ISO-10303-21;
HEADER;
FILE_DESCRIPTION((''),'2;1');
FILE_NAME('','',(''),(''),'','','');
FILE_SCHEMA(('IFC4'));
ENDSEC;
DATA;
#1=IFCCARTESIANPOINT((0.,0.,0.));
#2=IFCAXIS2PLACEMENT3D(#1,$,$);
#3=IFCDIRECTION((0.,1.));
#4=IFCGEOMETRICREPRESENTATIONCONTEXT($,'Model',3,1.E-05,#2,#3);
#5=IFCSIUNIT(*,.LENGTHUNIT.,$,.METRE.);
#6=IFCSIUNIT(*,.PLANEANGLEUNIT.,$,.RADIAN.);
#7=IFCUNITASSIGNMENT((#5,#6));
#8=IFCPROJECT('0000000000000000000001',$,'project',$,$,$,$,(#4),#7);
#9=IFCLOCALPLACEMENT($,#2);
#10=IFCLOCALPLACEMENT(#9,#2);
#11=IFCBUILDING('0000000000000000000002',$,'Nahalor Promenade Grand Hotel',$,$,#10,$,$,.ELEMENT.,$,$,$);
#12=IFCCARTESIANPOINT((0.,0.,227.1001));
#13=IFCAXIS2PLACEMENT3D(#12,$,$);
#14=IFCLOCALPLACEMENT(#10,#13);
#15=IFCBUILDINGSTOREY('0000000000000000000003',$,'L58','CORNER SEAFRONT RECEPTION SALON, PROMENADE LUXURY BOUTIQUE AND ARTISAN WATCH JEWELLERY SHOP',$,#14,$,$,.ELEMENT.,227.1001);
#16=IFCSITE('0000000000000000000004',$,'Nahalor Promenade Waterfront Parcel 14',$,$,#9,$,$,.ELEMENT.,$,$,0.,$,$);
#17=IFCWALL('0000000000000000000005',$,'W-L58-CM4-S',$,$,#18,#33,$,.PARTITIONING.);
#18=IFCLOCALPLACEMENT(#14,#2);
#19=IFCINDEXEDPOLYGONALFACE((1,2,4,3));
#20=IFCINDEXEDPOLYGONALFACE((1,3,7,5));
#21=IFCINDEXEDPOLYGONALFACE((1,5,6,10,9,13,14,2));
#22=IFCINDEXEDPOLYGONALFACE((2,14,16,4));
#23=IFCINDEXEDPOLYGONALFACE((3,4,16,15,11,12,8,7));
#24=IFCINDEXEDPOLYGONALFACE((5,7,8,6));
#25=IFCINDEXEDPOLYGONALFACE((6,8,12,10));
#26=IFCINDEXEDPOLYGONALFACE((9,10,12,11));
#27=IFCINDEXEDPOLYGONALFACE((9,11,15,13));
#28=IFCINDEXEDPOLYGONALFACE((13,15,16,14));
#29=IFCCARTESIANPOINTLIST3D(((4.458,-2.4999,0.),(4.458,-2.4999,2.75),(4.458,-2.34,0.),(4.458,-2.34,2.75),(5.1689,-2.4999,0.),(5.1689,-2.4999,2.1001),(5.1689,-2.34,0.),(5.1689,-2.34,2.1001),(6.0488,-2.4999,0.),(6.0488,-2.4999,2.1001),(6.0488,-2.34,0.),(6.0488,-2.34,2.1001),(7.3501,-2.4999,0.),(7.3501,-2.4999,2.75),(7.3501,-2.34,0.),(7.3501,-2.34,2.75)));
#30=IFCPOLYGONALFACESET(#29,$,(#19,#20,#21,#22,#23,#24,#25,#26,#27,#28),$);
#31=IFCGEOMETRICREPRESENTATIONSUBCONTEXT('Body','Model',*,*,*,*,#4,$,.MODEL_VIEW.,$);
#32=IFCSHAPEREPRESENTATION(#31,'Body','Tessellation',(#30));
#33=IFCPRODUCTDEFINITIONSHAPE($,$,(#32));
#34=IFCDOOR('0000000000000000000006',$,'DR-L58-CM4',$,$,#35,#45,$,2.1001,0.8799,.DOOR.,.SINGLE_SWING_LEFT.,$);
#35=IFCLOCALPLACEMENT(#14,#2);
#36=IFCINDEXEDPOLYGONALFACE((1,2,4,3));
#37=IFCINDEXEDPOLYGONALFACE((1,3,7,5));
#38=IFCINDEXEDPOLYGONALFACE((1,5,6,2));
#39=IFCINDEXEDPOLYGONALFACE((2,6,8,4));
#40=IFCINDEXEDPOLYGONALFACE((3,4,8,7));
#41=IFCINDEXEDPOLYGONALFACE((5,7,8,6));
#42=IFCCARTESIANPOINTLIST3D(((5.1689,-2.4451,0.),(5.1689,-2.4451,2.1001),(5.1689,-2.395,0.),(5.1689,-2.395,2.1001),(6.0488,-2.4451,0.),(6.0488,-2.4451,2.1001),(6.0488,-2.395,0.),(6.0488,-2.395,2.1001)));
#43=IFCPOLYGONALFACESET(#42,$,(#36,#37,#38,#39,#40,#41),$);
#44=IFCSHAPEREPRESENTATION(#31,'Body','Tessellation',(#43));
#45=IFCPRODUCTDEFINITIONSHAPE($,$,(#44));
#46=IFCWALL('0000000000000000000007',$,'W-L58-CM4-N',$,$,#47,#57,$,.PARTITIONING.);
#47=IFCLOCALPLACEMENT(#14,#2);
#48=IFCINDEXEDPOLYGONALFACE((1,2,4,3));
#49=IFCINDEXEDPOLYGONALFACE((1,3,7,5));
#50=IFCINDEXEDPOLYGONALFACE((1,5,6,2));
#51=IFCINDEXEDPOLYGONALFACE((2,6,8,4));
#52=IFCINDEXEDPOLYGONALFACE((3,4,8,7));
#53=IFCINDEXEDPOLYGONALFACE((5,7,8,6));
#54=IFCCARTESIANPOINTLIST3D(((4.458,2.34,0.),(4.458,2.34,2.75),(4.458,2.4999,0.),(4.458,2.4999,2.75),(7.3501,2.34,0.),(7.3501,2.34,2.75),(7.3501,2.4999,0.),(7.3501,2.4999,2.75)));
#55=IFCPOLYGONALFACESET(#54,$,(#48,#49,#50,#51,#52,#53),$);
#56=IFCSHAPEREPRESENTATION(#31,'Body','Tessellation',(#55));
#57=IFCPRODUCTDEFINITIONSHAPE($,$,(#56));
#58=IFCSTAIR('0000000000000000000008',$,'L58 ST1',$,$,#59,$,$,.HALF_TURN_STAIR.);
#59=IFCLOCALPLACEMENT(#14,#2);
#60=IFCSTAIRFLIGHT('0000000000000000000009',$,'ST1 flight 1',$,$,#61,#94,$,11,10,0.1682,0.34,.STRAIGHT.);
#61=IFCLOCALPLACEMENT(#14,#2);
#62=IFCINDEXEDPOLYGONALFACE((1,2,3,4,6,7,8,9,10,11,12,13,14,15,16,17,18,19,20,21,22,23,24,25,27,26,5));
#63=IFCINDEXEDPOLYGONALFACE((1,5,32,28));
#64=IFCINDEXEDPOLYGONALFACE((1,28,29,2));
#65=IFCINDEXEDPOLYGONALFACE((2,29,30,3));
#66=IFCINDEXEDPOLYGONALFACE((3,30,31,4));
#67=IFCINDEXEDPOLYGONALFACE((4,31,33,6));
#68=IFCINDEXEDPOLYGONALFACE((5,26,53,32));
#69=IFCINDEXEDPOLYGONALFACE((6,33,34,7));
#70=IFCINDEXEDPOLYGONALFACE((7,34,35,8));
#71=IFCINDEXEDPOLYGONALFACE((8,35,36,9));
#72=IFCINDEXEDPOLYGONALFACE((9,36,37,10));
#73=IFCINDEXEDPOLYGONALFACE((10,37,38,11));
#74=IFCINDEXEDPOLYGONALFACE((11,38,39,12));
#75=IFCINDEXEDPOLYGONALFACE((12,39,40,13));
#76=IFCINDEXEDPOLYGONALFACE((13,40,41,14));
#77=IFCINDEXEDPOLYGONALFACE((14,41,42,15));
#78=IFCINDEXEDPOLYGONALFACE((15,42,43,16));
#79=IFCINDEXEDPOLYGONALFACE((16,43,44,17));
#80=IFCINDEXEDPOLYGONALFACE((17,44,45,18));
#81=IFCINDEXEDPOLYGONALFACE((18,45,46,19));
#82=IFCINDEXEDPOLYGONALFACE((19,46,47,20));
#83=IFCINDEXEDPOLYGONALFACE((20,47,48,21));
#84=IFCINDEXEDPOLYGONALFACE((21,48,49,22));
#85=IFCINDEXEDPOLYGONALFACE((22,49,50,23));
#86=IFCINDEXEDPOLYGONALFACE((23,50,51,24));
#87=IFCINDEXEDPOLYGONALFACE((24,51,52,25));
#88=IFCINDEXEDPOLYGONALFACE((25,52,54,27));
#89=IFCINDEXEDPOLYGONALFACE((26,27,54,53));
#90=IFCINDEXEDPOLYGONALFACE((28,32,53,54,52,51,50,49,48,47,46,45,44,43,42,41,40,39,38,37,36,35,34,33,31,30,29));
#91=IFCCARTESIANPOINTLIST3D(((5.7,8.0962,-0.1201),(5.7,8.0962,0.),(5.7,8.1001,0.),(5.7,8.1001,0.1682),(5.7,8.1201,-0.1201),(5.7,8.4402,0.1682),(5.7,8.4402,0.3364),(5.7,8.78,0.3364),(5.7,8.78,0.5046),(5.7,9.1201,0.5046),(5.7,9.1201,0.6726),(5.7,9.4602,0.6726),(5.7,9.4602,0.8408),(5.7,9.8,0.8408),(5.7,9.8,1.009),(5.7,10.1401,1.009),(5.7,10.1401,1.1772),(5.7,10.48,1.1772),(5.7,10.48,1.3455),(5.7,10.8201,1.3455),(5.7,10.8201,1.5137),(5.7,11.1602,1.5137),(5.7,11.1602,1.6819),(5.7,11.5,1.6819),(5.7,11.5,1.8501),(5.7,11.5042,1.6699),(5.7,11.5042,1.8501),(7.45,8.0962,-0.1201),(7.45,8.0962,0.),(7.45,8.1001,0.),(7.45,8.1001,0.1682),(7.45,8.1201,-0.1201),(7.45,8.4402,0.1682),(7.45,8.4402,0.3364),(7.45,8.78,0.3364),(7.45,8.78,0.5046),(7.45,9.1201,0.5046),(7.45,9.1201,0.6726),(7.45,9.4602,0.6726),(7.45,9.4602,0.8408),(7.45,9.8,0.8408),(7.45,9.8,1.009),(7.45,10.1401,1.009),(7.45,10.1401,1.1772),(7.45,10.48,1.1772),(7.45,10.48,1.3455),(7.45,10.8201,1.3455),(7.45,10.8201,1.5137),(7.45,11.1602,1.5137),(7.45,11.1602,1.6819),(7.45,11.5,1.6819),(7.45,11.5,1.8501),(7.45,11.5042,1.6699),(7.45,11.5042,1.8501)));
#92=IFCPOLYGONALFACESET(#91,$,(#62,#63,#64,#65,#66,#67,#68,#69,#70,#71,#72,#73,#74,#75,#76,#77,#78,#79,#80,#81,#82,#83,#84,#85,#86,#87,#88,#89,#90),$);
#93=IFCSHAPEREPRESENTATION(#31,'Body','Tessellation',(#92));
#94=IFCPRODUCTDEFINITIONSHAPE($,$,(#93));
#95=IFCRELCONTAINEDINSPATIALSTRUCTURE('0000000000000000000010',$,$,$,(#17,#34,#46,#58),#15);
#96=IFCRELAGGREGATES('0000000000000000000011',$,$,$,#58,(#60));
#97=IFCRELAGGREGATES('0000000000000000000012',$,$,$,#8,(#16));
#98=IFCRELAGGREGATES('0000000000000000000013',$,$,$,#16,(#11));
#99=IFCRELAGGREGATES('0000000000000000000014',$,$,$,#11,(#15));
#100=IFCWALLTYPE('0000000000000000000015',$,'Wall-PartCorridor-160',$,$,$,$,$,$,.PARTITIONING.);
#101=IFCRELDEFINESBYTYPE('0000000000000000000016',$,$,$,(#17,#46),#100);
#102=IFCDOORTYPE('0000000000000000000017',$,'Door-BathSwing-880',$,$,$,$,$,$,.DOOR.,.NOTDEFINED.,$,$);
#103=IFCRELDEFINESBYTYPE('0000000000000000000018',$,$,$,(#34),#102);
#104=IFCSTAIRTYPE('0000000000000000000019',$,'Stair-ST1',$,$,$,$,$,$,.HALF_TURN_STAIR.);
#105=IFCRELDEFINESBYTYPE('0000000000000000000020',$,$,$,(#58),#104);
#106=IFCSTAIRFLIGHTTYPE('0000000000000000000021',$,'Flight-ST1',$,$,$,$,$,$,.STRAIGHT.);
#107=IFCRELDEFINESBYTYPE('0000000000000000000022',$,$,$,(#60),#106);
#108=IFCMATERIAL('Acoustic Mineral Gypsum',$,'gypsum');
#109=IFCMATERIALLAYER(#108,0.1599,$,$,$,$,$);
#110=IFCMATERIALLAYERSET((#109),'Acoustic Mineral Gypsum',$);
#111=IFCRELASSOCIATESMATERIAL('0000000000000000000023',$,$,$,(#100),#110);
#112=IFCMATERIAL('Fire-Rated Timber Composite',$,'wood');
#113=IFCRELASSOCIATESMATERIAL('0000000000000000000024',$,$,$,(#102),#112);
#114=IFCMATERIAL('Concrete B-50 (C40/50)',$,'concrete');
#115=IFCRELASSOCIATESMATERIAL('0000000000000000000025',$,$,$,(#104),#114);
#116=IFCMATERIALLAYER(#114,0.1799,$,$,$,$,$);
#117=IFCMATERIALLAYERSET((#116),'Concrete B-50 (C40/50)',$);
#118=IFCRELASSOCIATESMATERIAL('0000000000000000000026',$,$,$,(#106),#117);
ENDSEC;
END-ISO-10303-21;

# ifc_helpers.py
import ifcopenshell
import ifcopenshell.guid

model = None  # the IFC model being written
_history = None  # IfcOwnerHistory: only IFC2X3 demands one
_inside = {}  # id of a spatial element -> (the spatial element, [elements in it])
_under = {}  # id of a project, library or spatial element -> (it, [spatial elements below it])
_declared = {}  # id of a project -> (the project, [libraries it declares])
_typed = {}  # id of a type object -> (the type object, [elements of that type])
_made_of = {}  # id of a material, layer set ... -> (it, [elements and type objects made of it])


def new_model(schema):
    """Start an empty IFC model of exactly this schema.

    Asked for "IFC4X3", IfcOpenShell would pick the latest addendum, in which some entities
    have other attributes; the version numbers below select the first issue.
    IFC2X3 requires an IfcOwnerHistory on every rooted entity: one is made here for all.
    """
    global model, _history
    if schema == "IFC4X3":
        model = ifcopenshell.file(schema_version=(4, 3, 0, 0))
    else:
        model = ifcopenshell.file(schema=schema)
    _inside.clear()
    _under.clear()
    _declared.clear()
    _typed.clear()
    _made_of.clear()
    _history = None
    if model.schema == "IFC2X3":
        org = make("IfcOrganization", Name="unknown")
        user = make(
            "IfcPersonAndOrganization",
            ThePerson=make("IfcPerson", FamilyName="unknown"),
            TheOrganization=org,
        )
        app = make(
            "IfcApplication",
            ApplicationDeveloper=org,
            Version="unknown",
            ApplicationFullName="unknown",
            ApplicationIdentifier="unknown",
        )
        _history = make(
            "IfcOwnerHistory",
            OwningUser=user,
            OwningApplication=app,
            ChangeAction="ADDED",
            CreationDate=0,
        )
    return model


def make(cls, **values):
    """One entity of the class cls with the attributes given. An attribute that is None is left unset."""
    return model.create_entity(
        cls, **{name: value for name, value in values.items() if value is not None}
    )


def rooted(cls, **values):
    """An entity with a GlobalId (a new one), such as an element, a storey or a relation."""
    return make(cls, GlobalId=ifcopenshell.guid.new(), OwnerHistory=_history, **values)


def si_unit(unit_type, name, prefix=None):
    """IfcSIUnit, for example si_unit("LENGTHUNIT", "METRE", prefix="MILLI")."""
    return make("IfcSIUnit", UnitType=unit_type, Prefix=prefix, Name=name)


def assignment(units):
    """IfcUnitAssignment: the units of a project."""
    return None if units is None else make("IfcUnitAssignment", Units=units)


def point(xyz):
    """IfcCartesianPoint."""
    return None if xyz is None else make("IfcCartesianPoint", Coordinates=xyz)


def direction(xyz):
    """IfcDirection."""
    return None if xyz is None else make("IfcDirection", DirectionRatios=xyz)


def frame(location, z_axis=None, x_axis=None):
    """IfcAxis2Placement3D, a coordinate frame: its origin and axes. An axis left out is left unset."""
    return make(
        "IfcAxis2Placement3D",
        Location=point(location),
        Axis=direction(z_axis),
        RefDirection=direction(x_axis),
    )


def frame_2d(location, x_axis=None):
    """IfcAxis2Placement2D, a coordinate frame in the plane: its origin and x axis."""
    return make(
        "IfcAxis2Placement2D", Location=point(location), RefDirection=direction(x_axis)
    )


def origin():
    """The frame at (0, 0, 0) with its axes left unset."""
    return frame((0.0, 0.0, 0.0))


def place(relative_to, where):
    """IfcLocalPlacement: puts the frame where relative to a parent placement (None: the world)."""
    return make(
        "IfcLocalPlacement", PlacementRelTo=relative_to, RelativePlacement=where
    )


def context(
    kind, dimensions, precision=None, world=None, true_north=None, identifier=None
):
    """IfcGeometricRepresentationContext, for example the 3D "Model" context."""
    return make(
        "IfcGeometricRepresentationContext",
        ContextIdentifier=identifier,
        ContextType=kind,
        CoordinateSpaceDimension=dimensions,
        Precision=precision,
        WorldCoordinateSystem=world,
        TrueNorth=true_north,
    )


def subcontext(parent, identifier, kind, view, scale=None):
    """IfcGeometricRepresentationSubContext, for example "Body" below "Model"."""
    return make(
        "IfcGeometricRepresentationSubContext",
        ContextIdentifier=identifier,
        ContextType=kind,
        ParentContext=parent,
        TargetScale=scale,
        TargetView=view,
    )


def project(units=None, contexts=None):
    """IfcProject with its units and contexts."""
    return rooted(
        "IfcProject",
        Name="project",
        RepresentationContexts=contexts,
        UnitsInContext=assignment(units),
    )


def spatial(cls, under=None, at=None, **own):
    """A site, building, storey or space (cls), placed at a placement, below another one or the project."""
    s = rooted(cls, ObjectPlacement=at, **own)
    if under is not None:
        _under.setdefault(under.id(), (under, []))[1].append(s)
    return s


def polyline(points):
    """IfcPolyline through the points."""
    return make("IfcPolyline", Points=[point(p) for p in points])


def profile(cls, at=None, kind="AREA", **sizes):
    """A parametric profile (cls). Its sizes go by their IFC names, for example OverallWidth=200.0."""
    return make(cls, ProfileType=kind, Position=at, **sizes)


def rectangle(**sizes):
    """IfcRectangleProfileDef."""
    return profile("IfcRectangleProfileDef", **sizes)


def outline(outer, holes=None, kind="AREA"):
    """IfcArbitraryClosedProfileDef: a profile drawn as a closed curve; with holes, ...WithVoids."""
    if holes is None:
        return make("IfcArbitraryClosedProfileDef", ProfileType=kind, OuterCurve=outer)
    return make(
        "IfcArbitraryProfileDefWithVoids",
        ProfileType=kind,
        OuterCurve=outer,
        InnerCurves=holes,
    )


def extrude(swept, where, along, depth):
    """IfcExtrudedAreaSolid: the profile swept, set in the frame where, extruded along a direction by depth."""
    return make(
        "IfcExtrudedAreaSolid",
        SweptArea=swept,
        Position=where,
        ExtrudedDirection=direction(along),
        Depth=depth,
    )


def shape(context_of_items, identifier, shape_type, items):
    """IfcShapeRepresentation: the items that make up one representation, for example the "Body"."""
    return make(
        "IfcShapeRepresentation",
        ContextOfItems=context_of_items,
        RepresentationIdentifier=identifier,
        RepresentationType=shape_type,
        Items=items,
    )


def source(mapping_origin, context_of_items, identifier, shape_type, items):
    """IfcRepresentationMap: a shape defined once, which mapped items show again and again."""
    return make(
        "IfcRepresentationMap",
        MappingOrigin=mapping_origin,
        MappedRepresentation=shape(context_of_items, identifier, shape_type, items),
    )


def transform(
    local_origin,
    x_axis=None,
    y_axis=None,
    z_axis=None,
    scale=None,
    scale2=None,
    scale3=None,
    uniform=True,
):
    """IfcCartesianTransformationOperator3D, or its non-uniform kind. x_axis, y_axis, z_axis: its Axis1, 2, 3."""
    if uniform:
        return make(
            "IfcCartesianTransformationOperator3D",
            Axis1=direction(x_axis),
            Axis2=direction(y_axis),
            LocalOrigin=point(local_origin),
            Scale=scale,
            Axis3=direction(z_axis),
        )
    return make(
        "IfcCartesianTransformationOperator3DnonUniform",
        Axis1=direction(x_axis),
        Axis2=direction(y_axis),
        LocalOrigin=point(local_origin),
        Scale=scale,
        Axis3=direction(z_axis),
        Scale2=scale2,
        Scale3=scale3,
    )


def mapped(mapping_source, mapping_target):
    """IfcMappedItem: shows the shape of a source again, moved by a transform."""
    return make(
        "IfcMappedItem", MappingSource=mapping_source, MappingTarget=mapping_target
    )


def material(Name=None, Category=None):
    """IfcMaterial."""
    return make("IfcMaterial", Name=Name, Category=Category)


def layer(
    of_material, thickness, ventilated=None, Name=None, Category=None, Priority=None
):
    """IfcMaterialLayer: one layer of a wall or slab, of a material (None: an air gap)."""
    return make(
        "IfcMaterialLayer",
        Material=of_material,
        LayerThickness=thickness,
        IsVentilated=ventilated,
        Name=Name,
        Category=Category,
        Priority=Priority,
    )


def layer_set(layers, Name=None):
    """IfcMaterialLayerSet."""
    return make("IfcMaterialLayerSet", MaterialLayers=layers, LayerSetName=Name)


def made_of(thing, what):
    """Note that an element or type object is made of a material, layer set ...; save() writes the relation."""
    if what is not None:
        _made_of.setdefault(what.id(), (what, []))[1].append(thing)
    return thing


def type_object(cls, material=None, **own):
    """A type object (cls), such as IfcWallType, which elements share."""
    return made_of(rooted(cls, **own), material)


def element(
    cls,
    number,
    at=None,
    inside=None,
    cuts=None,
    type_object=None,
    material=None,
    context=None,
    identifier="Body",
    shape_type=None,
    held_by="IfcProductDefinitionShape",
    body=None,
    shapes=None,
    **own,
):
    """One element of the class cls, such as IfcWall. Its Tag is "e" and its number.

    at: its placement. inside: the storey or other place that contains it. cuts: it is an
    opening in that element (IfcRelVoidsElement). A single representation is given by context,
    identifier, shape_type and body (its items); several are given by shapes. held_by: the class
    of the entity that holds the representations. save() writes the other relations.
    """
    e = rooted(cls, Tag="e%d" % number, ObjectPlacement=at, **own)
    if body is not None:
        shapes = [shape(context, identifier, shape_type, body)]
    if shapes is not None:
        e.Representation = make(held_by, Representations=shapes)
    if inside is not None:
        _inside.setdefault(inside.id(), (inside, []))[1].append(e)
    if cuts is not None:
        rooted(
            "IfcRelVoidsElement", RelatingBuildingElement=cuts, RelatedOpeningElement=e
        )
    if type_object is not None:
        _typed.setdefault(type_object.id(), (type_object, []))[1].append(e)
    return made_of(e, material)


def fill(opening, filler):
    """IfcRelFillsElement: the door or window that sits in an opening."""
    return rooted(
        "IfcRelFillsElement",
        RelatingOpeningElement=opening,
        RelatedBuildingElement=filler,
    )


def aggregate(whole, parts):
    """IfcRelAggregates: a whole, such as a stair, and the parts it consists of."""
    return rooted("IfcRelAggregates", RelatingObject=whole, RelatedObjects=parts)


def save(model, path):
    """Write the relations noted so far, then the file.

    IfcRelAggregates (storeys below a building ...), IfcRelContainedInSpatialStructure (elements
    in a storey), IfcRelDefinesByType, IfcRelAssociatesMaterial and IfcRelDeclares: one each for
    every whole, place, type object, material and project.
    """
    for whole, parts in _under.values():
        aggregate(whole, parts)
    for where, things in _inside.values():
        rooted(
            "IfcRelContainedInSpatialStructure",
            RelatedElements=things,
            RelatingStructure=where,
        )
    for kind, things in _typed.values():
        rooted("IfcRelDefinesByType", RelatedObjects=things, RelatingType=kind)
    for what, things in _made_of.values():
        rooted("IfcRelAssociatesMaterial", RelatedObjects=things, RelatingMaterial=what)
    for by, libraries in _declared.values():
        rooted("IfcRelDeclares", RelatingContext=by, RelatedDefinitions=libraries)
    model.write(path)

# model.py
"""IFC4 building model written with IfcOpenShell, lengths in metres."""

from ifc_helpers import new_model, si_unit, direction, frame, frame_2d, origin, place, context, subcontext, project, spatial, polyline, rectangle, outline, extrude, source, transform, mapped, material, layer, layer_set, type_object, element, fill, aggregate, save


model = new_model("IFC4")

# Units and contexts
model_context = context("Model", 3, precision=1e-05, world=origin(), true_north=direction((0.0, 1.0)))
body_context = subcontext(model_context, "Body", "Model", "MODEL_VIEW")
ifc_project = project(units=[si_unit("LENGTHUNIT", "METRE"), si_unit("PLANEANGLEUNIT", "RADIAN")], contexts=[model_context])

# Site, building, storey
site_placement = place(None, origin())
site = spatial("IfcSite", under=ifc_project, at=site_placement, Name="Nahalor Promenade Waterfront Parcel 14", CompositionType="ELEMENT", RefElevation=0.0)
building_placement = place(site_placement, origin())
building = spatial("IfcBuilding", under=site, at=building_placement, Name="Nahalor Promenade Grand Hotel", CompositionType="ELEMENT")
storey_placement = place(building_placement, frame((0.0, 0.0, 227.1001)))
storey = spatial("IfcBuildingStorey", under=building, at=storey_placement, Name="L58", Description="CORNER SEAFRONT RECEPTION SALON, PROMENADE LUXURY BOUTIQUE AND ARTISAN WATCH JEWELLERY SHOP", CompositionType="ELEMENT", Elevation=227.1001)

# Shared definitions
ifc_material_1 = material(Name="Concrete B-50 (C40/50)", Category="concrete")

# Shared definitions
ifc_material_2 = material(Name="Acoustic Mineral Gypsum", Category="gypsum")
ifc_layer_1 = layer(ifc_material_2, 0.1599)
ifc_layer_set_1 = layer_set([ifc_layer_1], Name="Acoustic Mineral Gypsum")
wall_type_1 = type_object("IfcWallType", Name="Wall-PartCorridor-160", PredefinedType="PARTITIONING", material=ifc_layer_set_1)

# Wall, opening, door
shared_shape_1 = source(origin(), body_context, "Body", "SweptSolid", [
    extrude(rectangle(XDim=2.8921, YDim=0.1599, at=frame_2d((1.446, 0.0))), origin(), (0.0, 0.0, 1.0), 2.75),
])
wall_1_placement = place(storey_placement, frame((4.458, -2.4199, 0.0), z_axis=(0.0, 0.0, 1.0), x_axis=(1.0, 0.0, 0.0)))
wall_1 = element("IfcWall", 1, at=wall_1_placement, inside=storey, type_object=wall_type_1, Name="W-L58-CM4-S", PredefinedType="PARTITIONING", context=body_context, shape_type="MappedRepresentation", body=[
    mapped(shared_shape_1, transform((0.0, 0.0, 0.0), scale=1.0)),
])
opening_1_placement = place(wall_1_placement, frame((0.7109, 0.0, 0.0)))
opening_1 = element("IfcOpeningElement", 2, at=opening_1_placement, cuts=wall_1, PredefinedType="OPENING", context=body_context, shape_type="SweptSolid", body=[
    extrude(rectangle(XDim=0.8799, YDim=2.1001, at=frame_2d((0.4399, 1.05))), frame((0.0, 0.0898, 0.0), z_axis=(0.0, -1.0, 0.0), x_axis=(1.0, 0.0, 0.0)), (0.0, 0.0, 1.0), 0.1799),
])
ifc_material_3 = material(Name="Fire-Rated Timber Composite", Category="wood")
door_type_1 = type_object("IfcDoorType", Name="Door-BathSwing-880", OperationType="NOTDEFINED", PredefinedType="DOOR", material=ifc_material_3)
shared_shape_2 = source(origin(), body_context, "Body", "SweptSolid", [
    extrude(rectangle(XDim=0.8799, YDim=2.1001, at=frame_2d((0.4399, 1.05))), frame((0.0, 0.0249, 0.0), z_axis=(0.0, -1.0, 0.0), x_axis=(1.0, 0.0, 0.0)), (0.0, 0.0, 1.0), 0.05),
])
door_1_placement = place(opening_1_placement, origin())
door_1 = element("IfcDoor", 3, at=door_1_placement, inside=storey, type_object=door_type_1, Name="DR-L58-CM4", OperationType="SINGLE_SWING_LEFT", OverallHeight=2.1001, OverallWidth=0.8799, PredefinedType="DOOR", context=body_context, shape_type="MappedRepresentation", body=[
    mapped(shared_shape_2, transform((0.0, 0.0, 0.0), scale=1.0)),
])
fill(opening_1, door_1)

# Wall
wall_2_placement = place(storey_placement, frame((4.458, 2.4199, 0.0), z_axis=(0.0, 0.0, 1.0), x_axis=(1.0, 0.0, 0.0)))
element("IfcWall", 4, at=wall_2_placement, inside=storey, type_object=wall_type_1, Name="W-L58-CM4-N", PredefinedType="PARTITIONING", context=body_context, shape_type="MappedRepresentation", body=[
    mapped(shared_shape_1, transform((0.0, 0.0, 0.0), scale=1.0)),
])

# Stair, stair flight
stair_type = type_object("IfcStairType", Name="Stair-ST1", PredefinedType="HALF_TURN_STAIR", material=ifc_material_1)
stair_placement = place(storey_placement, origin())
stair = element("IfcStair", 5, at=stair_placement, inside=storey, type_object=stair_type, Name="L58 ST1", PredefinedType="HALF_TURN_STAIR")
ifc_layer_2 = layer(ifc_material_1, 0.1799)
ifc_layer_set_2 = layer_set([ifc_layer_2], Name="Concrete B-50 (C40/50)")
stair_flight_type = type_object("IfcStairFlightType", Name="Flight-ST1", PredefinedType="STRAIGHT", material=ifc_layer_set_2)
shared_shape_3 = source(origin(), body_context, "Body", "SweptSolid", [
    extrude(outline(polyline([(-0.0039, -0.1201), (-0.0039, 0.0), (0.0, 0.0), (0.0, 0.1682), (0.3401, 0.1682), (0.3401, 0.3364), (0.6799, 0.3364), (0.6799, 0.5046), (1.02, 0.5046), (1.02, 0.6726), (1.3601, 0.6726), (1.3601, 0.8408), (1.7, 0.8408), (1.7, 1.009), (2.04, 1.009), (2.04, 1.1772), (2.3799, 1.1772), (2.3799, 1.3455), (2.72, 1.3455), (2.72, 1.5137), (3.0601, 1.5137), (3.0601, 1.6819), (3.3999, 1.6819), (3.3999, 1.8501), (3.4041, 1.8501), (3.4041, 1.6699), (0.02, -0.1201), (-0.0039, -0.1201)])), frame((0.0, 0.875, 0.0), z_axis=(0.0, -1.0, 0.0), x_axis=(1.0, 0.0, 0.0)), (0.0, 0.0, 1.0), 1.75),
])
stair_flight_placement = place(storey_placement, frame((6.575, 8.1001, 0.0), z_axis=(0.0, 0.0, 1.0), x_axis=(0.0, 1.0, 0.0)))
stair_flight = element("IfcStairFlight", 6, at=stair_flight_placement, type_object=stair_flight_type, Name="ST1 flight 1", NumberOfRisers=11, NumberOfTreads=10, PredefinedType="STRAIGHT", RiserHeight=0.1682, TreadLength=0.34, context=body_context, shape_type="MappedRepresentation", body=[
    mapped(shared_shape_3, transform((0.0, 0.0, 0.0), scale=1.0)),
])
aggregate(stair, [stair_flight])

save(model, "model.ifc")
